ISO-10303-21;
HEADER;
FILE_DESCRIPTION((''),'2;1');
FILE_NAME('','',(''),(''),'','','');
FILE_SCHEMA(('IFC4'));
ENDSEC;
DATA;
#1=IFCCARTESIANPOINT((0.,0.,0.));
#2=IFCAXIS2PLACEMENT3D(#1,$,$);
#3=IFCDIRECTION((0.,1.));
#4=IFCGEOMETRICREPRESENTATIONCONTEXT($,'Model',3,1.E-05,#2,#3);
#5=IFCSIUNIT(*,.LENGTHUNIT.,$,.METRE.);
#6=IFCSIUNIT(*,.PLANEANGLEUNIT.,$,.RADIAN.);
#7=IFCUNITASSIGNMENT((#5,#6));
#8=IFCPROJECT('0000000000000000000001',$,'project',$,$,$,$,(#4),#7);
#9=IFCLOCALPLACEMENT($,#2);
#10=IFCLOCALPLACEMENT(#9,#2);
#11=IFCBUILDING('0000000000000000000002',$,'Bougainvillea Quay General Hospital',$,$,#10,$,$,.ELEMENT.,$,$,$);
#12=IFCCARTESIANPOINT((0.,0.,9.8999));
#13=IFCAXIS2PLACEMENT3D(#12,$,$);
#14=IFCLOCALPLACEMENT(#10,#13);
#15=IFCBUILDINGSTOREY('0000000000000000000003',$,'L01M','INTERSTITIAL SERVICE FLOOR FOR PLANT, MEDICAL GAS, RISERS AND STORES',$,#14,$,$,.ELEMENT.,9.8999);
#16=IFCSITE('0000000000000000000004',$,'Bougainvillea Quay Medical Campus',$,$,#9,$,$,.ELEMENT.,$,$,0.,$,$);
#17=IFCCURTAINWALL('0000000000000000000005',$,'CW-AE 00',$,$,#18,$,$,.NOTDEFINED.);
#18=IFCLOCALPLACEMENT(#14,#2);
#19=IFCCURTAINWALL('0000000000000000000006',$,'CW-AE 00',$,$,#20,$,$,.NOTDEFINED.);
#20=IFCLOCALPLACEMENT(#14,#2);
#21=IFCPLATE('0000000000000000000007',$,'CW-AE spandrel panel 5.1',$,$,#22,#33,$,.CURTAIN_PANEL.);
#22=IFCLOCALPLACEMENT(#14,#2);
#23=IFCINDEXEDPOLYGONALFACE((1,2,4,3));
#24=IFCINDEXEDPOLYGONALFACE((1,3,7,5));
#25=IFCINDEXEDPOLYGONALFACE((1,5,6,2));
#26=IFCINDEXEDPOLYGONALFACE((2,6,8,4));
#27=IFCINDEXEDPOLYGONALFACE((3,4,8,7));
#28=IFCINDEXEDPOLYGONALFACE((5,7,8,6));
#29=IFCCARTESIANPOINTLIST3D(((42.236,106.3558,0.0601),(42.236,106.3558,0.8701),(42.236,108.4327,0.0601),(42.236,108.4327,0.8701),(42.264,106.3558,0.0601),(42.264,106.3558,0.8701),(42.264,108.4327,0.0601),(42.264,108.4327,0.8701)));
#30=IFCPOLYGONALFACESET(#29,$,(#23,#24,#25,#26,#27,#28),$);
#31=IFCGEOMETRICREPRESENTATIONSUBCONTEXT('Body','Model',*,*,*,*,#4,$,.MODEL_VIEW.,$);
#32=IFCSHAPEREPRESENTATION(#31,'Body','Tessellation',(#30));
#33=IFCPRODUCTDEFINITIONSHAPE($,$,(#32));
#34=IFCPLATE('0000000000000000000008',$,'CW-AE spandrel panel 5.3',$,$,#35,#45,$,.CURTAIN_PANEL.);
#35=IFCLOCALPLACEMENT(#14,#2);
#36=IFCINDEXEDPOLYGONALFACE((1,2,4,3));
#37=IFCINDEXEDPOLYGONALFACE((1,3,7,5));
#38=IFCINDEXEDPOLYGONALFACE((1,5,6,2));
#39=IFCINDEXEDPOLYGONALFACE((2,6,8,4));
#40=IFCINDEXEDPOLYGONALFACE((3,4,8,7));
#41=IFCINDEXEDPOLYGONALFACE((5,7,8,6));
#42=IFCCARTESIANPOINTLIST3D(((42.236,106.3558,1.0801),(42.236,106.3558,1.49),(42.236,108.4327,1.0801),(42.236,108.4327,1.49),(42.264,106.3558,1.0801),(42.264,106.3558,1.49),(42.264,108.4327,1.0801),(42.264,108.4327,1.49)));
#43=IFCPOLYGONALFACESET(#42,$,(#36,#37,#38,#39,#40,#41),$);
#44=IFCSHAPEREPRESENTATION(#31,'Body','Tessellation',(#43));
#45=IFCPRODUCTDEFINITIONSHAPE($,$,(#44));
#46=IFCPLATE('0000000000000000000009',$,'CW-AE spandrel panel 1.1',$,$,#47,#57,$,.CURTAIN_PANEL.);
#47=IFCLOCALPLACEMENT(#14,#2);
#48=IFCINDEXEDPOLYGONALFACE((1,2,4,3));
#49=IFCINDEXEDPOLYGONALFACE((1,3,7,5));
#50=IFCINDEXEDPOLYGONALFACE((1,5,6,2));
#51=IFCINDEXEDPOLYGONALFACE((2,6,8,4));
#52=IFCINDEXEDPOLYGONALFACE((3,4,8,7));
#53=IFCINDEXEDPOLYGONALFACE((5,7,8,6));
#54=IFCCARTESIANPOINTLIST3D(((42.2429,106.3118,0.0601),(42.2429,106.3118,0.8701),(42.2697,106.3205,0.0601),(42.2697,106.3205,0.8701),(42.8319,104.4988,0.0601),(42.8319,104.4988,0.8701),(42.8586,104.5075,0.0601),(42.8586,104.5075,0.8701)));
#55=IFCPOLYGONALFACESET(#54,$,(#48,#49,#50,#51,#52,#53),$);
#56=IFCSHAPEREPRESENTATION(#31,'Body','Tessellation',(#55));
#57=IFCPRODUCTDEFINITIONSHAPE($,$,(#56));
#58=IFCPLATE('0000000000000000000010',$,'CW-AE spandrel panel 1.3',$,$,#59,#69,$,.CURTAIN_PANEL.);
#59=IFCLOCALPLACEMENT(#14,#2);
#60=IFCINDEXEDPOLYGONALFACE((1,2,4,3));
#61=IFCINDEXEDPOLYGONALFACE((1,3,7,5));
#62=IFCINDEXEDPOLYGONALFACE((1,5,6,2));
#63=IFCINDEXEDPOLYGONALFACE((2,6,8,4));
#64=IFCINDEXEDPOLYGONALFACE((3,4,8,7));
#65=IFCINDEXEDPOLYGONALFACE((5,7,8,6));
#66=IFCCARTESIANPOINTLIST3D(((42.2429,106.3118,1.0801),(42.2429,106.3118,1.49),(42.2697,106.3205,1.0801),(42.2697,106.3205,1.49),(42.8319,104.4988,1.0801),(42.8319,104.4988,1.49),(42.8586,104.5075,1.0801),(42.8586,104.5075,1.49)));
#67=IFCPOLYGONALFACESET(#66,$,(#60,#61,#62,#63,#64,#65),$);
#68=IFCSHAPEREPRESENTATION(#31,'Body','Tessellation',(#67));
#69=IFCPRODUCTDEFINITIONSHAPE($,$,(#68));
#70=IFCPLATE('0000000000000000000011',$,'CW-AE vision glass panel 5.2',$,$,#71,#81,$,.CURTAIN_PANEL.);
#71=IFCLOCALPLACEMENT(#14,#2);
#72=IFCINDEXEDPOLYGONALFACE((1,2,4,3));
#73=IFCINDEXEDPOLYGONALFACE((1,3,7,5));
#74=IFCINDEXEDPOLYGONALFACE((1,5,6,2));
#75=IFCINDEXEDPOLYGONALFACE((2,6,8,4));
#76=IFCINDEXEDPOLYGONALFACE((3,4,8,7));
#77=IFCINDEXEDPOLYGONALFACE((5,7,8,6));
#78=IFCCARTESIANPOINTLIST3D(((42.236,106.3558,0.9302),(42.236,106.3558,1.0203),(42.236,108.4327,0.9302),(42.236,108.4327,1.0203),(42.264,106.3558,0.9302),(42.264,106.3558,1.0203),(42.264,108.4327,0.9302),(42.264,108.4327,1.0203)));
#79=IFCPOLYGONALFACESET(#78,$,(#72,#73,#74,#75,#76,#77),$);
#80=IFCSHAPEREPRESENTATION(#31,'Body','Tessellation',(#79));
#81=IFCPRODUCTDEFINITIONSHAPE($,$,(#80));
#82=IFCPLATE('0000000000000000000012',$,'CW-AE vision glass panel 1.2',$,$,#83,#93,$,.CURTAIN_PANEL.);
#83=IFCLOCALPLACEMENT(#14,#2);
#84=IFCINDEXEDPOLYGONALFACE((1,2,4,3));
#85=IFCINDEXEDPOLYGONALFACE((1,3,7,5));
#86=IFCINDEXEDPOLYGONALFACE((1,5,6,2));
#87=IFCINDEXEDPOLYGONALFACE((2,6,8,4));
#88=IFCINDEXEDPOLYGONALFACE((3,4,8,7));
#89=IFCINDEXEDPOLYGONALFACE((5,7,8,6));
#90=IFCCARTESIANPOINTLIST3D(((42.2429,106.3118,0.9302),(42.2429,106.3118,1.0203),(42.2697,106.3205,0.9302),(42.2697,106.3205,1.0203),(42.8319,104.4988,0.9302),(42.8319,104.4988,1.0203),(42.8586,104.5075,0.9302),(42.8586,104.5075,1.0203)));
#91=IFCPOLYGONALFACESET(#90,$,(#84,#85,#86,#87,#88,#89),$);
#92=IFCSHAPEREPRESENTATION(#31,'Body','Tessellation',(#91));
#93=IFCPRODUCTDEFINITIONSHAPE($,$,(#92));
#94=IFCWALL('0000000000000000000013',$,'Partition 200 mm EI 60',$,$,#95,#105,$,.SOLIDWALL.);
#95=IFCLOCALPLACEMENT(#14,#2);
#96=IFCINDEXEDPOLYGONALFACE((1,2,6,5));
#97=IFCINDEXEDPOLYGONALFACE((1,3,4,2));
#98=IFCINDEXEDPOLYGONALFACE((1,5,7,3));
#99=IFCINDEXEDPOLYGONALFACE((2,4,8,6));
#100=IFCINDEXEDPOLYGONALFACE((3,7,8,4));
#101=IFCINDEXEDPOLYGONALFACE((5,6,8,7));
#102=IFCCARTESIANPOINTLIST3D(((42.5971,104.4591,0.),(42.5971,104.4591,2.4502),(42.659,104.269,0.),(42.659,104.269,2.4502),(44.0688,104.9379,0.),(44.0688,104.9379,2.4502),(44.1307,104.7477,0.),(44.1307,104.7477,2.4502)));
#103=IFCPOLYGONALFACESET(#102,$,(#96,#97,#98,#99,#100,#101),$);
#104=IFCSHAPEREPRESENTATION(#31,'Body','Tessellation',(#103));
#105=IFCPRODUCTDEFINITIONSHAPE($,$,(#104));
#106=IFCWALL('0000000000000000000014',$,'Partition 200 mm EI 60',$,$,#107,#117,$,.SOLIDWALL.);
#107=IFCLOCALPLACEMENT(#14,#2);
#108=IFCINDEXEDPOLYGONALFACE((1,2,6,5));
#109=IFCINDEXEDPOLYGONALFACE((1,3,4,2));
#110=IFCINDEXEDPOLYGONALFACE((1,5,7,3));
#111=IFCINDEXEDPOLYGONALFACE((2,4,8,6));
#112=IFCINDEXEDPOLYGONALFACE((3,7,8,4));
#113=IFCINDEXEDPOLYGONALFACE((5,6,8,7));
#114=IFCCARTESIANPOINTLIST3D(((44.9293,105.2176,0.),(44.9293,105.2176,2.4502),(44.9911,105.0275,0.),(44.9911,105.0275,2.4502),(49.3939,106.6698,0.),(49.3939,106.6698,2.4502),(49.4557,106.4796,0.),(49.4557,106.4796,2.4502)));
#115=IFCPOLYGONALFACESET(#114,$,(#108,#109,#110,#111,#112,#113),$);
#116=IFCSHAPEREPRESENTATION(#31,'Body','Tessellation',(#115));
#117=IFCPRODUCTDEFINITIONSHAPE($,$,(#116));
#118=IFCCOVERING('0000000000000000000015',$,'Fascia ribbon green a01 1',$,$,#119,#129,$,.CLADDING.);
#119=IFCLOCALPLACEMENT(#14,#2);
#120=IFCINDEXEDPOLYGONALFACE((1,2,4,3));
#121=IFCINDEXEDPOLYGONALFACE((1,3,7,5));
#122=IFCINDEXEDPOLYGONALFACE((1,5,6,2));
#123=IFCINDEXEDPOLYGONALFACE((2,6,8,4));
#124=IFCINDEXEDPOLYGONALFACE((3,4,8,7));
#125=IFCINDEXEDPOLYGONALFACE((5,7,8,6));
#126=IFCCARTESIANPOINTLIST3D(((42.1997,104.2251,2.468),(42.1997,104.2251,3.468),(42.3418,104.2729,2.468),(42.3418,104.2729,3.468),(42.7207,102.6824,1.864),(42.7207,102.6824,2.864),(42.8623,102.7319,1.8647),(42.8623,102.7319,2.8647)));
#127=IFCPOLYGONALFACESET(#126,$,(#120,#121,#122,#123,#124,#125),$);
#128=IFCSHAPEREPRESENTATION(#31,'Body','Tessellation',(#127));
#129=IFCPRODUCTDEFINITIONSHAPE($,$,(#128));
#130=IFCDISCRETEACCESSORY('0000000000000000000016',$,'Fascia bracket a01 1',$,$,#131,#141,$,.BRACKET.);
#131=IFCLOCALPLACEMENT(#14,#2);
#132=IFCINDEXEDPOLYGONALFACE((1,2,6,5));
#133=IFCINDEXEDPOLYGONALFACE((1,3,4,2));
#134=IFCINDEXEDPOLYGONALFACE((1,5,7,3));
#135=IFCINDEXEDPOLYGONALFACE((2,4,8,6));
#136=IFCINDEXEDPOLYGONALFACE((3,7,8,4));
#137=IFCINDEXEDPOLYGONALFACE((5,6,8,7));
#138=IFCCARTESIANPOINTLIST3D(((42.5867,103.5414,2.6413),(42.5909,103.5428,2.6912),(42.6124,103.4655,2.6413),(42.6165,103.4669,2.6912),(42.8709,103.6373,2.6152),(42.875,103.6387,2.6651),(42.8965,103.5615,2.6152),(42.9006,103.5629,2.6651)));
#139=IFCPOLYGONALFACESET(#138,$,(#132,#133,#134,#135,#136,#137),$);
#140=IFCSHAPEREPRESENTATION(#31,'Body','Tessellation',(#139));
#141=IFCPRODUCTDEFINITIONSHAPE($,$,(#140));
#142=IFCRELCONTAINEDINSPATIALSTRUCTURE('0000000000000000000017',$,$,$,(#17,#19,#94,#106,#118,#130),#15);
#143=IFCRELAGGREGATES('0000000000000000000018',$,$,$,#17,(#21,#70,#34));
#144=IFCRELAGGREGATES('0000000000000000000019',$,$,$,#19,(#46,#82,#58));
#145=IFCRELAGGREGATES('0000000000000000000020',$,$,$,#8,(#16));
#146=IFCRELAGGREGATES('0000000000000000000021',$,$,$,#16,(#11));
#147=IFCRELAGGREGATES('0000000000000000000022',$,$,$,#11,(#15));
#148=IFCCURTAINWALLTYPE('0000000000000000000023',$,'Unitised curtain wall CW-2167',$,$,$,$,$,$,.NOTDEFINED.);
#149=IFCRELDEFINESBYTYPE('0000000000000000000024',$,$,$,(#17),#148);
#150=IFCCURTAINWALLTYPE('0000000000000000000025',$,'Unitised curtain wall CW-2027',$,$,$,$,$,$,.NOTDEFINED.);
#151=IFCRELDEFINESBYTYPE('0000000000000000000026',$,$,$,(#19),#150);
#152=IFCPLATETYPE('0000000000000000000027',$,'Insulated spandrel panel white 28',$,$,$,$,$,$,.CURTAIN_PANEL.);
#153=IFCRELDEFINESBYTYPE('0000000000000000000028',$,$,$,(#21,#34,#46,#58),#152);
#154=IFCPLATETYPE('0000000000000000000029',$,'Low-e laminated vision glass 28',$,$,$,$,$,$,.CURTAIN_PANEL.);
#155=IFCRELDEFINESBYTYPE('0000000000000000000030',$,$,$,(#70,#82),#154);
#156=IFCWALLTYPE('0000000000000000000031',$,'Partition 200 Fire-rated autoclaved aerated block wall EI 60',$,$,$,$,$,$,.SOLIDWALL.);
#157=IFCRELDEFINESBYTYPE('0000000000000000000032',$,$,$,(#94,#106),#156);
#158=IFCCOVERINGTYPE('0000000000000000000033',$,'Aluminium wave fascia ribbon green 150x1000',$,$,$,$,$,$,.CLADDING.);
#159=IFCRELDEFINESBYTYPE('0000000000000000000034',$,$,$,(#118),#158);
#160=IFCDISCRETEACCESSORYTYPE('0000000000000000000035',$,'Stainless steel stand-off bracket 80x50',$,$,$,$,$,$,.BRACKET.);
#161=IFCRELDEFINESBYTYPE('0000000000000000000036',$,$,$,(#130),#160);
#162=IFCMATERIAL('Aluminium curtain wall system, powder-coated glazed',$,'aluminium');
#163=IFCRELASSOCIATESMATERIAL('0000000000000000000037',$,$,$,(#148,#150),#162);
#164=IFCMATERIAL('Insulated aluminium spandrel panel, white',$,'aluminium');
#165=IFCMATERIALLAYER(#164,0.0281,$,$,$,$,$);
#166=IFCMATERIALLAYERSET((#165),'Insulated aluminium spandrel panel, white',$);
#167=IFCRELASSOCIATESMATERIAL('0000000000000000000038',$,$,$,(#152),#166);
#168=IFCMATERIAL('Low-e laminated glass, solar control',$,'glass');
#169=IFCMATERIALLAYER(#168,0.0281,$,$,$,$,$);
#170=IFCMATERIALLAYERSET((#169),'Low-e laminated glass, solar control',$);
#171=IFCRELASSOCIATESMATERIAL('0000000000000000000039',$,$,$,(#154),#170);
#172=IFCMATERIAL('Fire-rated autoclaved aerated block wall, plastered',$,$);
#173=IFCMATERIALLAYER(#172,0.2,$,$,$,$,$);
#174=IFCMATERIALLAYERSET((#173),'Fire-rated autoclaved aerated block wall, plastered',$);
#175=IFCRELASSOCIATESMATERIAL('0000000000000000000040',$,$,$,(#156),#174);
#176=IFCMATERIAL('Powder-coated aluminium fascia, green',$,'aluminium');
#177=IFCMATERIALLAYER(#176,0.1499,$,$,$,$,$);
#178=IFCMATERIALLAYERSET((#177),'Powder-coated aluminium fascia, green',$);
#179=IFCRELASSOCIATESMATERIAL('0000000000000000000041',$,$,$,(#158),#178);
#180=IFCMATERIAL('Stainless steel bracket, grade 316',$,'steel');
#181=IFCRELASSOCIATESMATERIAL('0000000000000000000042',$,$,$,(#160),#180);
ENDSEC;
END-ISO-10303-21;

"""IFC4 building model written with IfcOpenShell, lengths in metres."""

from ifc_helpers import new_model, si_unit, direction, frame, frame_2d, origin, origin_2d, place, context, subcontext, project, spatial, polyline, rectangle, outline, extrude, material, layer, layer_set, material_profile, profile_set, type_object, element, aggregate, save


model = new_model("IFC4")

# Units and contexts
model_context = context("Model", 3, precision=1e-05, world=origin(), true_north=direction((0.0, 1.0)))
body_context = subcontext(model_context, "Body", "Model", "MODEL_VIEW")
ifc_project = project(units=[si_unit("LENGTHUNIT", "METRE"), si_unit("PLANEANGLEUNIT", "RADIAN")], contexts=[model_context])

# Site, building, storey
site_placement = place(None, origin())
site = spatial("IfcSite", under=ifc_project, at=site_placement, Name="Bougainvillea Quay Medical Campus", CompositionType="ELEMENT", RefElevation=0.0)
building_placement = place(site_placement, origin())
building = spatial("IfcBuilding", under=site, at=building_placement, Name="Bougainvillea Quay General Hospital", CompositionType="ELEMENT")
storey_placement = place(building_placement, frame((0.0, 0.0, 9.8999)))
storey = spatial("IfcBuildingStorey", under=building, at=storey_placement, Name="L01M", Description="INTERSTITIAL SERVICE FLOOR FOR PLANT, MEDICAL GAS, RISERS AND STORES", CompositionType="ELEMENT", Elevation=9.8999)

# Curtain walls
ifc_material_1 = material(Name="Aluminium curtain wall system, powder-coated glazed", Category="aluminium")
curtain_wall_type_1 = type_object("IfcCurtainWallType", Name="Unitised curtain wall CW-2167", PredefinedType="NOTDEFINED", material=ifc_material_1)
curtain_wall_1_placement = place(storey_placement, origin())
curtain_wall_1 = element("IfcCurtainWall", 1, at=curtain_wall_1_placement, inside=storey, type_object=curtain_wall_type_1, Name="CW-AE 00", PredefinedType="NOTDEFINED")
curtain_wall_type_2 = type_object("IfcCurtainWallType", Name="Unitised curtain wall CW-2027", PredefinedType="NOTDEFINED", material=ifc_material_1)
curtain_wall_2_placement = place(storey_placement, origin())
curtain_wall_2 = element("IfcCurtainWall", 2, at=curtain_wall_2_placement, inside=storey, type_object=curtain_wall_type_2, Name="CW-AE 00", PredefinedType="NOTDEFINED")

# Plates
ifc_material_2 = material(Name="Insulated aluminium spandrel panel, white", Category="aluminium")
ifc_layer_1 = layer(ifc_material_2, 0.0281)
ifc_layer_set_1 = layer_set([ifc_layer_1], Name="Insulated aluminium spandrel panel, white")
plate_type_1 = type_object("IfcPlateType", Name="Insulated spandrel panel white 28", PredefinedType="CURTAIN_PANEL", material=ifc_layer_set_1)
plate_1_placement = place(storey_placement, frame((42.25, 107.3943, 0.0601), z_axis=(0.0, 0.0, 1.0), x_axis=(0.0, -1.0, 0.0)))
plate_1 = element("IfcPlate", 3, at=plate_1_placement, type_object=plate_type_1, Name="CW-AE spandrel panel 5.1", PredefinedType="CURTAIN_PANEL", context=body_context, shape_type="SweptSolid", body=[
    extrude(rectangle(XDim=2.0769, YDim=0.0281, at=origin_2d()), origin(), (0.0, 0.0, 1.0), 0.8101),
])
plate_2_placement = place(storey_placement, frame((42.25, 107.3943, 1.0801), z_axis=(0.0, 0.0, 1.0), x_axis=(0.0, -1.0, 0.0)))
plate_2 = element("IfcPlate", 4, at=plate_2_placement, type_object=plate_type_1, Name="CW-AE spandrel panel 5.3", PredefinedType="CURTAIN_PANEL", context=body_context, shape_type="SweptSolid", body=[
    extrude(rectangle(XDim=2.0769, YDim=0.0281, at=origin_2d()), origin(), (0.0, 0.0, 1.0), 0.4099),
])
plate_3_placement = place(storey_placement, frame((42.5508, 105.4097, 0.0601), z_axis=(0.0, 0.0, 1.0), x_axis=(0.308963, -0.951074, 0.0)))
plate_3 = element("IfcPlate", 5, at=plate_3_placement, type_object=plate_type_1, Name="CW-AE spandrel panel 1.1", PredefinedType="CURTAIN_PANEL", context=body_context, shape_type="SweptSolid", body=[
    extrude(rectangle(XDim=1.9062, YDim=0.0281, at=origin_2d()), origin(), (0.0, 0.0, 1.0), 0.8101),
])
plate_4_placement = place(storey_placement, frame((42.5508, 105.4097, 1.0801), z_axis=(0.0, 0.0, 1.0), x_axis=(0.308963, -0.951074, 0.0)))
plate_4 = element("IfcPlate", 6, at=plate_4_placement, type_object=plate_type_1, Name="CW-AE spandrel panel 1.3", PredefinedType="CURTAIN_PANEL", context=body_context, shape_type="SweptSolid", body=[
    extrude(rectangle(XDim=1.9062, YDim=0.0281, at=origin_2d()), origin(), (0.0, 0.0, 1.0), 0.4099),
])
ifc_material_3 = material(Name="Low-e laminated glass, solar control", Category="glass")
ifc_layer_2 = layer(ifc_material_3, 0.0281)
ifc_layer_set_2 = layer_set([ifc_layer_2], Name="Low-e laminated glass, solar control")
plate_type_2 = type_object("IfcPlateType", Name="Low-e laminated vision glass 28", PredefinedType="CURTAIN_PANEL", material=ifc_layer_set_2)
plate_5_placement = place(storey_placement, frame((42.25, 107.3943, 0.9302), z_axis=(0.0, 0.0, 1.0), x_axis=(0.0, -1.0, 0.0)))
plate_5 = element("IfcPlate", 7, at=plate_5_placement, type_object=plate_type_2, Name="CW-AE vision glass panel 5.2", PredefinedType="CURTAIN_PANEL", context=body_context, shape_type="SweptSolid", body=[
    extrude(rectangle(XDim=2.0769, YDim=0.0281, at=origin_2d()), origin(), (0.0, 0.0, 1.0), 0.0901),
])
aggregate(curtain_wall_1, [plate_1, plate_5, plate_2])
plate_6_placement = place(storey_placement, frame((42.5508, 105.4097, 0.9302), z_axis=(0.0, 0.0, 1.0), x_axis=(0.308963, -0.951074, 0.0)))
plate_6 = element("IfcPlate", 8, at=plate_6_placement, type_object=plate_type_2, Name="CW-AE vision glass panel 1.2", PredefinedType="CURTAIN_PANEL", context=body_context, shape_type="SweptSolid", body=[
    extrude(rectangle(XDim=1.9062, YDim=0.0281, at=origin_2d()), origin(), (0.0, 0.0, 1.0), 0.0901),
])
aggregate(curtain_wall_2, [plate_3, plate_6, plate_4])

# Walls
ifc_material_4 = material(Name="Fire-rated autoclaved aerated block wall, plastered")
ifc_layer_3 = layer(ifc_material_4, 0.2)
ifc_layer_set_3 = layer_set([ifc_layer_3], Name="Fire-rated autoclaved aerated block wall, plastered")
wall_type = type_object("IfcWallType", Name="Partition 200 Fire-rated autoclaved aerated block wall EI 60", PredefinedType="SOLIDWALL", material=ifc_layer_set_3)
wall_1_placement = place(storey_placement, frame((42.6279, 104.364, 0.0), z_axis=(0.0, 0.0, 1.0), x_axis=(0.950946, 0.309357, 0.0)))
element("IfcWall", 9, at=wall_1_placement, inside=storey, type_object=wall_type, Name="Partition 200 mm EI 60", PredefinedType="SOLIDWALL", context=body_context, shape_type="SweptSolid", body=[
    extrude(rectangle(XDim=1.5476, YDim=0.2, at=frame_2d((0.7739, 0.0))), origin(), (0.0, 0.0, 1.0), 2.4502),
])
wall_2_placement = place(storey_placement, frame((44.9602, 105.1226, 0.0), z_axis=(0.0, 0.0, 1.0), x_axis=(0.950962, 0.309308, 0.0)))
element("IfcWall", 10, at=wall_2_placement, inside=storey, type_object=wall_type, Name="Partition 200 mm EI 60", PredefinedType="SOLIDWALL", context=body_context, shape_type="SweptSolid", body=[
    extrude(rectangle(XDim=4.6948, YDim=0.2, at=frame_2d((2.3474, 0.0))), origin(), (0.0, 0.0, 1.0), 2.4502),
])

# Covering
ifc_material_5 = material(Name="Powder-coated aluminium fascia, green", Category="aluminium")
ifc_layer_4 = layer(ifc_material_5, 0.1499)
ifc_layer_set_4 = layer_set([ifc_layer_4], Name="Powder-coated aluminium fascia, green")
covering_type = type_object("IfcCoveringType", Name="Aluminium wave fascia ribbon green 150x1000", PredefinedType="CLADDING", material=ifc_layer_set_4)
covering_placement = place(storey_placement, frame((42.3418, 104.2729, 2.468), z_axis=(0.110772, -0.329649, 0.937583), x_axis=(0.300034, -0.88828, -0.347762)))
element("IfcCovering", 11, at=covering_placement, inside=storey, type_object=covering_type, Name="Fascia ribbon green a01 1", PredefinedType="CLADDING", context=body_context, shape_type="SweptSolid", body=[
    extrude(outline(polyline([(0.0, 0.0), (1.7348, 0.0), (1.7366, -0.15), (-0.0001, -0.1499), (0.0, 0.0)])), origin(), (-0.347762, 0.000509, 0.937583), 1.0),
])

# Discrete accessory
ifc_material_6 = material(Name="Stainless steel bracket, grade 316", Category="steel")
ifc_material_profile_1 = material_profile(ifc_material_6, rectangle(XDim=0.0801, YDim=0.05, at=origin_2d()))
ifc_profile_set_1 = profile_set([ifc_material_profile_1], Name="Stainless steel bracket, grade 316")
discrete_accessory_type = type_object("IfcDiscreteAccessoryType", Name="Stainless steel stand-off bracket 80x50", PredefinedType="BRACKET", material=ifc_profile_set_1)
discrete_accessory_placement = place(storey_placement, frame((42.8857, 103.6001, 2.6401), z_axis=(-0.943882, -0.318682, 0.086766), x_axis=(0.319888, -0.947455, 0.0)))
element("IfcDiscreteAccessory", 12, at=discrete_accessory_placement, inside=storey, type_object=discrete_accessory_type, Name="Fascia bracket a01 1", PredefinedType="BRACKET", context=body_context, shape_type="SweptSolid", body=[
    extrude(rectangle(XDim=0.0801, YDim=0.05, at=origin_2d()), origin(), (0.0, 0.0, 1.0), 0.301),
])

save(model, "model.ifc")
